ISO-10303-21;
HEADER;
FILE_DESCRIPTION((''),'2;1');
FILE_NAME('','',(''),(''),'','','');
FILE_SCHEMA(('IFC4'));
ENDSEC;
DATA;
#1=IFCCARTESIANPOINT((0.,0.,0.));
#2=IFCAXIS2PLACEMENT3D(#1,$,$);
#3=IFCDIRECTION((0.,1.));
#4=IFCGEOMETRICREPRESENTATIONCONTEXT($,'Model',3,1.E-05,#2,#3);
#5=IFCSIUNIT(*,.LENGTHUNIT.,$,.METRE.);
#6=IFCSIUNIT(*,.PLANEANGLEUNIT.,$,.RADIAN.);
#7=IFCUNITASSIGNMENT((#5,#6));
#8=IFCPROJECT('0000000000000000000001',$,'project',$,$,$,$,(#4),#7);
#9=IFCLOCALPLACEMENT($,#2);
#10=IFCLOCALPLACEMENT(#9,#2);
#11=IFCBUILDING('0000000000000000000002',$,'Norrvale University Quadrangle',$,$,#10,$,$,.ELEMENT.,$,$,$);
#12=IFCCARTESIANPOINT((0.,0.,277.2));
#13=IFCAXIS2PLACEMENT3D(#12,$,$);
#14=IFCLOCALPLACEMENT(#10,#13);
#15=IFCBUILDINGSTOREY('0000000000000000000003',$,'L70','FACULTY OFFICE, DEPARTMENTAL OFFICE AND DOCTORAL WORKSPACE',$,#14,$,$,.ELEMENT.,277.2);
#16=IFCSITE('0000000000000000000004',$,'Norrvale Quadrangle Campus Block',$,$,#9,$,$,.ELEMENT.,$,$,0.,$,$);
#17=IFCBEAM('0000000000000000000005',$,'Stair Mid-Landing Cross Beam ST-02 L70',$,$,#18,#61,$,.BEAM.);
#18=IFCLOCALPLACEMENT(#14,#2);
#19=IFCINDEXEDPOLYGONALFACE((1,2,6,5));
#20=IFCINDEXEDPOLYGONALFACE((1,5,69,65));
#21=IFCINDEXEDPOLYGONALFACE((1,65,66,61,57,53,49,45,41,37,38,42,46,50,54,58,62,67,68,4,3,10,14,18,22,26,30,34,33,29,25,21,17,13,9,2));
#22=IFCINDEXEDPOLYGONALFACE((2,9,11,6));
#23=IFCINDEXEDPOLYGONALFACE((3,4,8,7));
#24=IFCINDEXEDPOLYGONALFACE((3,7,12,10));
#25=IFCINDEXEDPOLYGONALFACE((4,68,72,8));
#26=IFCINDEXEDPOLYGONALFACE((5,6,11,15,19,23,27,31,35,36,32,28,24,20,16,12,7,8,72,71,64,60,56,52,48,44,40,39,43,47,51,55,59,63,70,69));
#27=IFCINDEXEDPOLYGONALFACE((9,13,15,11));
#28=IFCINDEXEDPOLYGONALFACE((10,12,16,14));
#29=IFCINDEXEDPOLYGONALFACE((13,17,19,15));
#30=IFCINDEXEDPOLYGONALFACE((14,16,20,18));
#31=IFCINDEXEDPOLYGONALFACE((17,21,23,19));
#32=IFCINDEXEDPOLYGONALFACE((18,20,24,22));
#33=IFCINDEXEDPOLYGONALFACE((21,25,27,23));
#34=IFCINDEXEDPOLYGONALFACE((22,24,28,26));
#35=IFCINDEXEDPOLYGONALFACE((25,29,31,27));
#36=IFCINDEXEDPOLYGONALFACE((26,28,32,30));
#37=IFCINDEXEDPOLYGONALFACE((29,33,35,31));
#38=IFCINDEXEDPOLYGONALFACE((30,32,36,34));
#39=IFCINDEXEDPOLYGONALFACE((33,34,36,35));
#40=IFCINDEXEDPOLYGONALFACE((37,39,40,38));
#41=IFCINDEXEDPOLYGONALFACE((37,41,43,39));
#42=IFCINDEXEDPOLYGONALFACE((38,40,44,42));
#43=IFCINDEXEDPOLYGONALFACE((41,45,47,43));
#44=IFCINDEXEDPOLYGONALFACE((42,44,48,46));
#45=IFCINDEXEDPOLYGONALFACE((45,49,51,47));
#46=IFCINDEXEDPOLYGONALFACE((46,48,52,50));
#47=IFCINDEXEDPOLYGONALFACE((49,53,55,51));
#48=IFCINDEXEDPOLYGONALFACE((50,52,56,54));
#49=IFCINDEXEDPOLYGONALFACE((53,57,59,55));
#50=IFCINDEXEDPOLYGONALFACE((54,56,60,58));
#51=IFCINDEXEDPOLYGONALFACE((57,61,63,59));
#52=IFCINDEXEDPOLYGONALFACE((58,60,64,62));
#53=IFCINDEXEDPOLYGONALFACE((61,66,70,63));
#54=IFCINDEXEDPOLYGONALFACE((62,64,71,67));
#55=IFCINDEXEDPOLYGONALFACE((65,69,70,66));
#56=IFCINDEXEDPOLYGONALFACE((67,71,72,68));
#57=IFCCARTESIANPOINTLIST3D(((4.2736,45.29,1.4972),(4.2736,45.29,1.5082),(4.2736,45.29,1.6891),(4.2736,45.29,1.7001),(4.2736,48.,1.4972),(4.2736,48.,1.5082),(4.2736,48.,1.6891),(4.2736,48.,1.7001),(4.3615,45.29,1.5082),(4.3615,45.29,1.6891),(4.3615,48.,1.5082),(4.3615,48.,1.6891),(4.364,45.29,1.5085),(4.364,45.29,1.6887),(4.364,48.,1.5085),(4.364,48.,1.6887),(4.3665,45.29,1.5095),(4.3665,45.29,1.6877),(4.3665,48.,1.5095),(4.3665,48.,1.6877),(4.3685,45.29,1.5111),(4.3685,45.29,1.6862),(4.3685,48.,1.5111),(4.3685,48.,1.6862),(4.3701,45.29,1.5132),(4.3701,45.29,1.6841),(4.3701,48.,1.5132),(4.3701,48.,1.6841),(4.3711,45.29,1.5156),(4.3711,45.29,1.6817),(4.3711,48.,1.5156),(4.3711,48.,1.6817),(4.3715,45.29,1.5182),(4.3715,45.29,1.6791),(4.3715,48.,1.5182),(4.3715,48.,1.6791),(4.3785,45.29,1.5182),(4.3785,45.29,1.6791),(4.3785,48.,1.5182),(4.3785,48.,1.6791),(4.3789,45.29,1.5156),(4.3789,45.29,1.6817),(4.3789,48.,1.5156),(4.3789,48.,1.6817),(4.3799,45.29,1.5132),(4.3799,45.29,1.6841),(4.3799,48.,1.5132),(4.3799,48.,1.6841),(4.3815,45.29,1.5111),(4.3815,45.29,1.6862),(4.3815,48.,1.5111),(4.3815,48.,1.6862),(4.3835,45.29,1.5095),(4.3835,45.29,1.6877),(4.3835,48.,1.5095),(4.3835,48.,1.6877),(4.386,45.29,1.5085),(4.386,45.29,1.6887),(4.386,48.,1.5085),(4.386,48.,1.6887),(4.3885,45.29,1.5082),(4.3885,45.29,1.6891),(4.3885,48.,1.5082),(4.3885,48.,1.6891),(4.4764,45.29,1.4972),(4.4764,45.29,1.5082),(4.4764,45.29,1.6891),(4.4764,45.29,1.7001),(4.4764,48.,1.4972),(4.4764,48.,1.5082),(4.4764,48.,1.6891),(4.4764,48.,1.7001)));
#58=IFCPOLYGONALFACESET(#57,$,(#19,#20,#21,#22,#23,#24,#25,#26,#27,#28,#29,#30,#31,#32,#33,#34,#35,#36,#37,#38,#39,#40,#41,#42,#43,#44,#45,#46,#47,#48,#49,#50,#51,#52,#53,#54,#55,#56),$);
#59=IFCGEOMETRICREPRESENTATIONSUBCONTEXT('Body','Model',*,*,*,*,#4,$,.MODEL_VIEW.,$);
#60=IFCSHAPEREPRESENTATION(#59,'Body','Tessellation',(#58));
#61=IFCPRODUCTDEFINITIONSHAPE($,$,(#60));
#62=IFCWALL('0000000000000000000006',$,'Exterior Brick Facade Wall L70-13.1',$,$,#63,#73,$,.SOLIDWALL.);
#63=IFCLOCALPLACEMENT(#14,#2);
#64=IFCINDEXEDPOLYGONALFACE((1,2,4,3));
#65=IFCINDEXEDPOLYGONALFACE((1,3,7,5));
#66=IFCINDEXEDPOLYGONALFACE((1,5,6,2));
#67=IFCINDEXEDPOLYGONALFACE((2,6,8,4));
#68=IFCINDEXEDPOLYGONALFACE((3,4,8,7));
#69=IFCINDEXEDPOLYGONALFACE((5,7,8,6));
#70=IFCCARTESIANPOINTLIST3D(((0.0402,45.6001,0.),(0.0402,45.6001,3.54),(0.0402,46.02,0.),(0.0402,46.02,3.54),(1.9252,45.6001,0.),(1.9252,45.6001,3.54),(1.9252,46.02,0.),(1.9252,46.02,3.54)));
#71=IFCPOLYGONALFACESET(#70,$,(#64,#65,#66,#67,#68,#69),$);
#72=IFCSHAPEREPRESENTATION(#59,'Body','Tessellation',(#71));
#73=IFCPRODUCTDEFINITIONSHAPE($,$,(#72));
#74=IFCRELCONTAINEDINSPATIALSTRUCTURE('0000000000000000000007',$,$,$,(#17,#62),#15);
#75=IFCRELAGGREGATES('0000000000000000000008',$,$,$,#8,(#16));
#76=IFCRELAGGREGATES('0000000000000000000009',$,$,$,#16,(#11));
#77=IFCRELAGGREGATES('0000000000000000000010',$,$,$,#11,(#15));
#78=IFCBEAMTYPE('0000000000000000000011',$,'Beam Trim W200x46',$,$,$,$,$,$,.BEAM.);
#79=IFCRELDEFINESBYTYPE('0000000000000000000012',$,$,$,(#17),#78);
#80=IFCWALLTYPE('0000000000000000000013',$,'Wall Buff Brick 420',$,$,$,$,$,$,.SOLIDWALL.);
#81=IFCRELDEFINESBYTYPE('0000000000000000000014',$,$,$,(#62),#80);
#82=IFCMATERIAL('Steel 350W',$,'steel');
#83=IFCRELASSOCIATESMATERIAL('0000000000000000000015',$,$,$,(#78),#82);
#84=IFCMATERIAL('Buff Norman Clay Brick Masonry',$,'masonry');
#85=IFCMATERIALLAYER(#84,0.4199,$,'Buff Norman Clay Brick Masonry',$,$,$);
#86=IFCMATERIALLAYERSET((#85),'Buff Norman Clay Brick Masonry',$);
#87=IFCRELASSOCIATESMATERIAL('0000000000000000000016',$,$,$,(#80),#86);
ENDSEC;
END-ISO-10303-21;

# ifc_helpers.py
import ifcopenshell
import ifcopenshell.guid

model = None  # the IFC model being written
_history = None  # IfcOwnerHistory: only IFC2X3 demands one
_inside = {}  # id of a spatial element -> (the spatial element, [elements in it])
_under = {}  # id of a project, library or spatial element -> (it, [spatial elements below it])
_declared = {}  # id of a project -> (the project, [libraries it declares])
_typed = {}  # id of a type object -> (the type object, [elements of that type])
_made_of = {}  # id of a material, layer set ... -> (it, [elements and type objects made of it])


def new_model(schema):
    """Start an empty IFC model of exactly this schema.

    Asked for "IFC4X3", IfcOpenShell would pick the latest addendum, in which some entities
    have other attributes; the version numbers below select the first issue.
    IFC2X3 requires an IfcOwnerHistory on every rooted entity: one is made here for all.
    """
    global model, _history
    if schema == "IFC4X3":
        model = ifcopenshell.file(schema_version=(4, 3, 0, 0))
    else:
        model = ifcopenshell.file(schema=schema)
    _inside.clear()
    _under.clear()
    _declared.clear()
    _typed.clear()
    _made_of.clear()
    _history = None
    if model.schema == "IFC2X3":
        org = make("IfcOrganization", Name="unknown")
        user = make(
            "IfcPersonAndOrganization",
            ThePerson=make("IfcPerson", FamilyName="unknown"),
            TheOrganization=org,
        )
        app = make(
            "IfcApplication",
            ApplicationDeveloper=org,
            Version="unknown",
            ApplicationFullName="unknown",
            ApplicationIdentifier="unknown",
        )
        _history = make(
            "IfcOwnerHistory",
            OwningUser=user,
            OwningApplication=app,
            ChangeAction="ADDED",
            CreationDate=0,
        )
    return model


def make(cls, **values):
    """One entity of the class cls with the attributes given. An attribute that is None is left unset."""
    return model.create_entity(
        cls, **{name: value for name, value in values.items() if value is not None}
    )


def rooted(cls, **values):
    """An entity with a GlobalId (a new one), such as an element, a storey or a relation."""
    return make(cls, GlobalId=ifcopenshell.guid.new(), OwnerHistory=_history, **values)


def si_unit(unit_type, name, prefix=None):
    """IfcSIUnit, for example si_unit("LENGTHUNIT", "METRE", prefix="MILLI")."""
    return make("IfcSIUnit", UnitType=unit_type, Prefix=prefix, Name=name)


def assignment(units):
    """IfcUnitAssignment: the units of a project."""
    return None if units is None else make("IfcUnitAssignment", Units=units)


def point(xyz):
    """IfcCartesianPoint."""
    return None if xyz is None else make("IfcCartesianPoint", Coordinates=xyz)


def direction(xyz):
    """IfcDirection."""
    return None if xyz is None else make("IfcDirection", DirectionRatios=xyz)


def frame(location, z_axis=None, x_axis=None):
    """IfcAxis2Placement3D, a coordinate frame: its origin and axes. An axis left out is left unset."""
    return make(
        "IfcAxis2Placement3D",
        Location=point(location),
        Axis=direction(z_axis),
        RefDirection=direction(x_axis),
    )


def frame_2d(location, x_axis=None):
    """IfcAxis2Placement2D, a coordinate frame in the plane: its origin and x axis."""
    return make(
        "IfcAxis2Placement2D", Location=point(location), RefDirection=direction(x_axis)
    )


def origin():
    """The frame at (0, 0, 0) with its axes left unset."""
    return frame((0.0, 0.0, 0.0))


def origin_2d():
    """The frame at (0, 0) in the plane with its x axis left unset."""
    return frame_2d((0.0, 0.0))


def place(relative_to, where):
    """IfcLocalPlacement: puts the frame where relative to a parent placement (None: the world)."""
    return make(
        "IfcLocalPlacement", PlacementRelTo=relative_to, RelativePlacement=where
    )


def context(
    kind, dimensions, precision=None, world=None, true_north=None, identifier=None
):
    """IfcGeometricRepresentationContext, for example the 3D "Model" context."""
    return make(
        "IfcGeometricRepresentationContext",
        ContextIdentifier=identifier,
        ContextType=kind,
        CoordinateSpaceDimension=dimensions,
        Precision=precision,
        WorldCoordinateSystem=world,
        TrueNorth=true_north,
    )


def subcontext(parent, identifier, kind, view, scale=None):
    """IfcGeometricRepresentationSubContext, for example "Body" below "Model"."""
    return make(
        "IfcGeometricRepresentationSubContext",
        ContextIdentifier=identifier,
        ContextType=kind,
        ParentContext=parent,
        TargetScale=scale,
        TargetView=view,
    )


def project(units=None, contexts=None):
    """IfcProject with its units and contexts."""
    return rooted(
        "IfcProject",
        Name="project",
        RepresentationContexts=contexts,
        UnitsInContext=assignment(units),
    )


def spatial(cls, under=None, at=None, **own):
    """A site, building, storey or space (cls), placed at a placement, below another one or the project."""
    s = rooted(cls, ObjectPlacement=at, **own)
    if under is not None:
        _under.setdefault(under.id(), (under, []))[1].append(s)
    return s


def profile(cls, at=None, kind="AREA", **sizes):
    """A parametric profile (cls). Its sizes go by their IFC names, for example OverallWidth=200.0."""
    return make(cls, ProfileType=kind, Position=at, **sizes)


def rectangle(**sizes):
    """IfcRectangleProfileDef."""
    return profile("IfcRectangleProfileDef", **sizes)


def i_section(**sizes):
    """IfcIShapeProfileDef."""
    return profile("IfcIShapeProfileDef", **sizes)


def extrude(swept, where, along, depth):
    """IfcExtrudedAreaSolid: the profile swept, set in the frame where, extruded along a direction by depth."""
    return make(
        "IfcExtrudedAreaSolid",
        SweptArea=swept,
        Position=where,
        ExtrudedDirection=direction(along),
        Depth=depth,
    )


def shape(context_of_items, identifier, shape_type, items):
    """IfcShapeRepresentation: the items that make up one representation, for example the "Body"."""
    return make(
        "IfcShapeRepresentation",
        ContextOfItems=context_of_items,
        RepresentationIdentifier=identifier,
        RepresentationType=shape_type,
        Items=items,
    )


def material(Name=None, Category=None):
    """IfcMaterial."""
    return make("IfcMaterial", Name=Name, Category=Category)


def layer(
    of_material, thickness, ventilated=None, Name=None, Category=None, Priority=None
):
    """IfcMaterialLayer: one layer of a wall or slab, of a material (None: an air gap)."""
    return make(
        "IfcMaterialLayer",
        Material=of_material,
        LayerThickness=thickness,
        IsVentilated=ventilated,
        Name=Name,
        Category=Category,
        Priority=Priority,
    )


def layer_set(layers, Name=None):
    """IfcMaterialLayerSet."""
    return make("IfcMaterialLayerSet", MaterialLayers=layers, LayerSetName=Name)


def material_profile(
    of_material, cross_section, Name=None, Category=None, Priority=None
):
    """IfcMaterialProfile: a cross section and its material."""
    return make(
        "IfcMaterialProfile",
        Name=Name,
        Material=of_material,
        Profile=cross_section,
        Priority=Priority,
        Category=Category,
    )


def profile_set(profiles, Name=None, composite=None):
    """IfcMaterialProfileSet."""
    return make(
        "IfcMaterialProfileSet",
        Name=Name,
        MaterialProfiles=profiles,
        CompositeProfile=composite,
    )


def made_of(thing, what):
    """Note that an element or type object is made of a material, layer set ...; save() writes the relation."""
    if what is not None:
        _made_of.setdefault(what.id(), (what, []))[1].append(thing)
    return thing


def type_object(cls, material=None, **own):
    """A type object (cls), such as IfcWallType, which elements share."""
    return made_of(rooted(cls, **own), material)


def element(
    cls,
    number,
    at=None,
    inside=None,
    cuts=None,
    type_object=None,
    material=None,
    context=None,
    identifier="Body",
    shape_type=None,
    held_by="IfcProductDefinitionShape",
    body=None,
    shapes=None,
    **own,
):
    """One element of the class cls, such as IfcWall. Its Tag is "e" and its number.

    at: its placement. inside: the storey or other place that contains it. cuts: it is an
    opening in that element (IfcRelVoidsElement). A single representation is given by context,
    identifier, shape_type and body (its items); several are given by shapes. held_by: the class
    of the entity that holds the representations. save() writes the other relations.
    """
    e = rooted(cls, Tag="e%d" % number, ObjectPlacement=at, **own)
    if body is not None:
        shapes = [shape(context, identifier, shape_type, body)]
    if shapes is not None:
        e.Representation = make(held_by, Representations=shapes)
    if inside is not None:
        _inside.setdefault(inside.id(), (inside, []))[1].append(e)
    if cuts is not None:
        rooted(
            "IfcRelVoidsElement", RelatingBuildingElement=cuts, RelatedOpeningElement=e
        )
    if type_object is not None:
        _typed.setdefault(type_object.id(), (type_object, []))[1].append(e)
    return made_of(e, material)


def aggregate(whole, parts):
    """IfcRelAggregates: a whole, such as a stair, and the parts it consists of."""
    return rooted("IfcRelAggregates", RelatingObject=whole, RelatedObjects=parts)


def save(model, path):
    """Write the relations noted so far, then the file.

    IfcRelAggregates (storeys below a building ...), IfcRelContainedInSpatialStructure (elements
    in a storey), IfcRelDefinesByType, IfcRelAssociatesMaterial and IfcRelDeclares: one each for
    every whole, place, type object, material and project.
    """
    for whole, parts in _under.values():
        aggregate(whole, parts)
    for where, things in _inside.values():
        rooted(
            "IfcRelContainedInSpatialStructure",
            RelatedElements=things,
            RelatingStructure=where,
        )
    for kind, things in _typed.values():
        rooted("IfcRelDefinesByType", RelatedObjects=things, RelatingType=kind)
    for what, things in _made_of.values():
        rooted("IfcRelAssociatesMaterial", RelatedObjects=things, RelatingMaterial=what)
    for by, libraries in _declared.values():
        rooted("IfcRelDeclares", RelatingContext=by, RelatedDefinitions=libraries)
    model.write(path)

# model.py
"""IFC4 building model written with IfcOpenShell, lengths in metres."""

from ifc_helpers import new_model, si_unit, direction, frame, frame_2d, origin, origin_2d, place, context, subcontext, project, spatial, rectangle, i_section, extrude, material, layer, layer_set, material_profile, profile_set, type_object, element, save


model = new_model("IFC4")

# Units and contexts
model_context = context("Model", 3, precision=1e-05, world=origin(), true_north=direction((0.0, 1.0)))
body_context = subcontext(model_context, "Body", "Model", "MODEL_VIEW")
ifc_project = project(units=[si_unit("LENGTHUNIT", "METRE"), si_unit("PLANEANGLEUNIT", "RADIAN")], contexts=[model_context])

# Site, building, storey
site_placement = place(None, origin())
site = spatial("IfcSite", under=ifc_project, at=site_placement, Name="Norrvale Quadrangle Campus Block", CompositionType="ELEMENT", RefElevation=0.0)
building_placement = place(site_placement, origin())
building = spatial("IfcBuilding", under=site, at=building_placement, Name="Norrvale University Quadrangle", CompositionType="ELEMENT")
storey_placement = place(building_placement, frame((0.0, 0.0, 277.2)))
storey = spatial("IfcBuildingStorey", under=building, at=storey_placement, Name="L70", Description="FACULTY OFFICE, DEPARTMENTAL OFFICE AND DOCTORAL WORKSPACE", CompositionType="ELEMENT", Elevation=277.2)

# Beam
ifc_material_1 = material(Name="Steel 350W", Category="steel")
ifc_material_profile_1 = material_profile(ifc_material_1, i_section(OverallWidth=0.2029, OverallDepth=0.2029, WebThickness=0.0071, FlangeThickness=0.011, FilletRadius=0.01, at=origin_2d()), Name="Steel 350W")
ifc_profile_set_1 = profile_set([ifc_material_profile_1], Name="Steel 350W")
beam_type_1 = type_object("IfcBeamType", Name="Beam Trim W200x46", PredefinedType="BEAM", material=ifc_profile_set_1)
beam_1_placement = place(storey_placement, frame((4.375, 45.29, 1.5986), z_axis=(0.0, 1.0, 0.0), x_axis=(-1.0, 0.0, 0.0)))
element("IfcBeam", 1, at=beam_1_placement, inside=storey, type_object=beam_type_1, Name="Stair Mid-Landing Cross Beam ST-02 L70", PredefinedType="BEAM", context=body_context, shape_type="SweptSolid", body=[
    extrude(i_section(OverallWidth=0.2029, OverallDepth=0.2029, WebThickness=0.0071, FlangeThickness=0.011, FilletRadius=0.01, at=origin_2d()), origin(), (0.0, 0.0, 1.0), 2.71),
])

# Wall
ifc_material_2 = material(Name="Buff Norman Clay Brick Masonry", Category="masonry")
ifc_layer_1 = layer(ifc_material_2, 0.4199, Name="Buff Norman Clay Brick Masonry")
ifc_layer_set_1 = layer_set([ifc_layer_1], Name="Buff Norman Clay Brick Masonry")
wall_type_1 = type_object("IfcWallType", Name="Wall Buff Brick 420", PredefinedType="SOLIDWALL", material=ifc_layer_set_1)
wall_1_placement = place(storey_placement, frame((1.925, 45.8101, 0.0), z_axis=(0.0, 0.0, 1.0), x_axis=(-1.0, 0.0, 0.0)))
element("IfcWall", 2, at=wall_1_placement, inside=storey, type_object=wall_type_1, Name="Exterior Brick Facade Wall L70-13.1", PredefinedType="SOLIDWALL", context=body_context, shape_type="SweptSolid", body=[
    extrude(rectangle(XDim=1.885, YDim=0.4199, at=frame_2d((0.9424, 0.0))), origin(), (0.0, 0.0, 1.0), 3.54),
])

save(model, "model.ifc")
